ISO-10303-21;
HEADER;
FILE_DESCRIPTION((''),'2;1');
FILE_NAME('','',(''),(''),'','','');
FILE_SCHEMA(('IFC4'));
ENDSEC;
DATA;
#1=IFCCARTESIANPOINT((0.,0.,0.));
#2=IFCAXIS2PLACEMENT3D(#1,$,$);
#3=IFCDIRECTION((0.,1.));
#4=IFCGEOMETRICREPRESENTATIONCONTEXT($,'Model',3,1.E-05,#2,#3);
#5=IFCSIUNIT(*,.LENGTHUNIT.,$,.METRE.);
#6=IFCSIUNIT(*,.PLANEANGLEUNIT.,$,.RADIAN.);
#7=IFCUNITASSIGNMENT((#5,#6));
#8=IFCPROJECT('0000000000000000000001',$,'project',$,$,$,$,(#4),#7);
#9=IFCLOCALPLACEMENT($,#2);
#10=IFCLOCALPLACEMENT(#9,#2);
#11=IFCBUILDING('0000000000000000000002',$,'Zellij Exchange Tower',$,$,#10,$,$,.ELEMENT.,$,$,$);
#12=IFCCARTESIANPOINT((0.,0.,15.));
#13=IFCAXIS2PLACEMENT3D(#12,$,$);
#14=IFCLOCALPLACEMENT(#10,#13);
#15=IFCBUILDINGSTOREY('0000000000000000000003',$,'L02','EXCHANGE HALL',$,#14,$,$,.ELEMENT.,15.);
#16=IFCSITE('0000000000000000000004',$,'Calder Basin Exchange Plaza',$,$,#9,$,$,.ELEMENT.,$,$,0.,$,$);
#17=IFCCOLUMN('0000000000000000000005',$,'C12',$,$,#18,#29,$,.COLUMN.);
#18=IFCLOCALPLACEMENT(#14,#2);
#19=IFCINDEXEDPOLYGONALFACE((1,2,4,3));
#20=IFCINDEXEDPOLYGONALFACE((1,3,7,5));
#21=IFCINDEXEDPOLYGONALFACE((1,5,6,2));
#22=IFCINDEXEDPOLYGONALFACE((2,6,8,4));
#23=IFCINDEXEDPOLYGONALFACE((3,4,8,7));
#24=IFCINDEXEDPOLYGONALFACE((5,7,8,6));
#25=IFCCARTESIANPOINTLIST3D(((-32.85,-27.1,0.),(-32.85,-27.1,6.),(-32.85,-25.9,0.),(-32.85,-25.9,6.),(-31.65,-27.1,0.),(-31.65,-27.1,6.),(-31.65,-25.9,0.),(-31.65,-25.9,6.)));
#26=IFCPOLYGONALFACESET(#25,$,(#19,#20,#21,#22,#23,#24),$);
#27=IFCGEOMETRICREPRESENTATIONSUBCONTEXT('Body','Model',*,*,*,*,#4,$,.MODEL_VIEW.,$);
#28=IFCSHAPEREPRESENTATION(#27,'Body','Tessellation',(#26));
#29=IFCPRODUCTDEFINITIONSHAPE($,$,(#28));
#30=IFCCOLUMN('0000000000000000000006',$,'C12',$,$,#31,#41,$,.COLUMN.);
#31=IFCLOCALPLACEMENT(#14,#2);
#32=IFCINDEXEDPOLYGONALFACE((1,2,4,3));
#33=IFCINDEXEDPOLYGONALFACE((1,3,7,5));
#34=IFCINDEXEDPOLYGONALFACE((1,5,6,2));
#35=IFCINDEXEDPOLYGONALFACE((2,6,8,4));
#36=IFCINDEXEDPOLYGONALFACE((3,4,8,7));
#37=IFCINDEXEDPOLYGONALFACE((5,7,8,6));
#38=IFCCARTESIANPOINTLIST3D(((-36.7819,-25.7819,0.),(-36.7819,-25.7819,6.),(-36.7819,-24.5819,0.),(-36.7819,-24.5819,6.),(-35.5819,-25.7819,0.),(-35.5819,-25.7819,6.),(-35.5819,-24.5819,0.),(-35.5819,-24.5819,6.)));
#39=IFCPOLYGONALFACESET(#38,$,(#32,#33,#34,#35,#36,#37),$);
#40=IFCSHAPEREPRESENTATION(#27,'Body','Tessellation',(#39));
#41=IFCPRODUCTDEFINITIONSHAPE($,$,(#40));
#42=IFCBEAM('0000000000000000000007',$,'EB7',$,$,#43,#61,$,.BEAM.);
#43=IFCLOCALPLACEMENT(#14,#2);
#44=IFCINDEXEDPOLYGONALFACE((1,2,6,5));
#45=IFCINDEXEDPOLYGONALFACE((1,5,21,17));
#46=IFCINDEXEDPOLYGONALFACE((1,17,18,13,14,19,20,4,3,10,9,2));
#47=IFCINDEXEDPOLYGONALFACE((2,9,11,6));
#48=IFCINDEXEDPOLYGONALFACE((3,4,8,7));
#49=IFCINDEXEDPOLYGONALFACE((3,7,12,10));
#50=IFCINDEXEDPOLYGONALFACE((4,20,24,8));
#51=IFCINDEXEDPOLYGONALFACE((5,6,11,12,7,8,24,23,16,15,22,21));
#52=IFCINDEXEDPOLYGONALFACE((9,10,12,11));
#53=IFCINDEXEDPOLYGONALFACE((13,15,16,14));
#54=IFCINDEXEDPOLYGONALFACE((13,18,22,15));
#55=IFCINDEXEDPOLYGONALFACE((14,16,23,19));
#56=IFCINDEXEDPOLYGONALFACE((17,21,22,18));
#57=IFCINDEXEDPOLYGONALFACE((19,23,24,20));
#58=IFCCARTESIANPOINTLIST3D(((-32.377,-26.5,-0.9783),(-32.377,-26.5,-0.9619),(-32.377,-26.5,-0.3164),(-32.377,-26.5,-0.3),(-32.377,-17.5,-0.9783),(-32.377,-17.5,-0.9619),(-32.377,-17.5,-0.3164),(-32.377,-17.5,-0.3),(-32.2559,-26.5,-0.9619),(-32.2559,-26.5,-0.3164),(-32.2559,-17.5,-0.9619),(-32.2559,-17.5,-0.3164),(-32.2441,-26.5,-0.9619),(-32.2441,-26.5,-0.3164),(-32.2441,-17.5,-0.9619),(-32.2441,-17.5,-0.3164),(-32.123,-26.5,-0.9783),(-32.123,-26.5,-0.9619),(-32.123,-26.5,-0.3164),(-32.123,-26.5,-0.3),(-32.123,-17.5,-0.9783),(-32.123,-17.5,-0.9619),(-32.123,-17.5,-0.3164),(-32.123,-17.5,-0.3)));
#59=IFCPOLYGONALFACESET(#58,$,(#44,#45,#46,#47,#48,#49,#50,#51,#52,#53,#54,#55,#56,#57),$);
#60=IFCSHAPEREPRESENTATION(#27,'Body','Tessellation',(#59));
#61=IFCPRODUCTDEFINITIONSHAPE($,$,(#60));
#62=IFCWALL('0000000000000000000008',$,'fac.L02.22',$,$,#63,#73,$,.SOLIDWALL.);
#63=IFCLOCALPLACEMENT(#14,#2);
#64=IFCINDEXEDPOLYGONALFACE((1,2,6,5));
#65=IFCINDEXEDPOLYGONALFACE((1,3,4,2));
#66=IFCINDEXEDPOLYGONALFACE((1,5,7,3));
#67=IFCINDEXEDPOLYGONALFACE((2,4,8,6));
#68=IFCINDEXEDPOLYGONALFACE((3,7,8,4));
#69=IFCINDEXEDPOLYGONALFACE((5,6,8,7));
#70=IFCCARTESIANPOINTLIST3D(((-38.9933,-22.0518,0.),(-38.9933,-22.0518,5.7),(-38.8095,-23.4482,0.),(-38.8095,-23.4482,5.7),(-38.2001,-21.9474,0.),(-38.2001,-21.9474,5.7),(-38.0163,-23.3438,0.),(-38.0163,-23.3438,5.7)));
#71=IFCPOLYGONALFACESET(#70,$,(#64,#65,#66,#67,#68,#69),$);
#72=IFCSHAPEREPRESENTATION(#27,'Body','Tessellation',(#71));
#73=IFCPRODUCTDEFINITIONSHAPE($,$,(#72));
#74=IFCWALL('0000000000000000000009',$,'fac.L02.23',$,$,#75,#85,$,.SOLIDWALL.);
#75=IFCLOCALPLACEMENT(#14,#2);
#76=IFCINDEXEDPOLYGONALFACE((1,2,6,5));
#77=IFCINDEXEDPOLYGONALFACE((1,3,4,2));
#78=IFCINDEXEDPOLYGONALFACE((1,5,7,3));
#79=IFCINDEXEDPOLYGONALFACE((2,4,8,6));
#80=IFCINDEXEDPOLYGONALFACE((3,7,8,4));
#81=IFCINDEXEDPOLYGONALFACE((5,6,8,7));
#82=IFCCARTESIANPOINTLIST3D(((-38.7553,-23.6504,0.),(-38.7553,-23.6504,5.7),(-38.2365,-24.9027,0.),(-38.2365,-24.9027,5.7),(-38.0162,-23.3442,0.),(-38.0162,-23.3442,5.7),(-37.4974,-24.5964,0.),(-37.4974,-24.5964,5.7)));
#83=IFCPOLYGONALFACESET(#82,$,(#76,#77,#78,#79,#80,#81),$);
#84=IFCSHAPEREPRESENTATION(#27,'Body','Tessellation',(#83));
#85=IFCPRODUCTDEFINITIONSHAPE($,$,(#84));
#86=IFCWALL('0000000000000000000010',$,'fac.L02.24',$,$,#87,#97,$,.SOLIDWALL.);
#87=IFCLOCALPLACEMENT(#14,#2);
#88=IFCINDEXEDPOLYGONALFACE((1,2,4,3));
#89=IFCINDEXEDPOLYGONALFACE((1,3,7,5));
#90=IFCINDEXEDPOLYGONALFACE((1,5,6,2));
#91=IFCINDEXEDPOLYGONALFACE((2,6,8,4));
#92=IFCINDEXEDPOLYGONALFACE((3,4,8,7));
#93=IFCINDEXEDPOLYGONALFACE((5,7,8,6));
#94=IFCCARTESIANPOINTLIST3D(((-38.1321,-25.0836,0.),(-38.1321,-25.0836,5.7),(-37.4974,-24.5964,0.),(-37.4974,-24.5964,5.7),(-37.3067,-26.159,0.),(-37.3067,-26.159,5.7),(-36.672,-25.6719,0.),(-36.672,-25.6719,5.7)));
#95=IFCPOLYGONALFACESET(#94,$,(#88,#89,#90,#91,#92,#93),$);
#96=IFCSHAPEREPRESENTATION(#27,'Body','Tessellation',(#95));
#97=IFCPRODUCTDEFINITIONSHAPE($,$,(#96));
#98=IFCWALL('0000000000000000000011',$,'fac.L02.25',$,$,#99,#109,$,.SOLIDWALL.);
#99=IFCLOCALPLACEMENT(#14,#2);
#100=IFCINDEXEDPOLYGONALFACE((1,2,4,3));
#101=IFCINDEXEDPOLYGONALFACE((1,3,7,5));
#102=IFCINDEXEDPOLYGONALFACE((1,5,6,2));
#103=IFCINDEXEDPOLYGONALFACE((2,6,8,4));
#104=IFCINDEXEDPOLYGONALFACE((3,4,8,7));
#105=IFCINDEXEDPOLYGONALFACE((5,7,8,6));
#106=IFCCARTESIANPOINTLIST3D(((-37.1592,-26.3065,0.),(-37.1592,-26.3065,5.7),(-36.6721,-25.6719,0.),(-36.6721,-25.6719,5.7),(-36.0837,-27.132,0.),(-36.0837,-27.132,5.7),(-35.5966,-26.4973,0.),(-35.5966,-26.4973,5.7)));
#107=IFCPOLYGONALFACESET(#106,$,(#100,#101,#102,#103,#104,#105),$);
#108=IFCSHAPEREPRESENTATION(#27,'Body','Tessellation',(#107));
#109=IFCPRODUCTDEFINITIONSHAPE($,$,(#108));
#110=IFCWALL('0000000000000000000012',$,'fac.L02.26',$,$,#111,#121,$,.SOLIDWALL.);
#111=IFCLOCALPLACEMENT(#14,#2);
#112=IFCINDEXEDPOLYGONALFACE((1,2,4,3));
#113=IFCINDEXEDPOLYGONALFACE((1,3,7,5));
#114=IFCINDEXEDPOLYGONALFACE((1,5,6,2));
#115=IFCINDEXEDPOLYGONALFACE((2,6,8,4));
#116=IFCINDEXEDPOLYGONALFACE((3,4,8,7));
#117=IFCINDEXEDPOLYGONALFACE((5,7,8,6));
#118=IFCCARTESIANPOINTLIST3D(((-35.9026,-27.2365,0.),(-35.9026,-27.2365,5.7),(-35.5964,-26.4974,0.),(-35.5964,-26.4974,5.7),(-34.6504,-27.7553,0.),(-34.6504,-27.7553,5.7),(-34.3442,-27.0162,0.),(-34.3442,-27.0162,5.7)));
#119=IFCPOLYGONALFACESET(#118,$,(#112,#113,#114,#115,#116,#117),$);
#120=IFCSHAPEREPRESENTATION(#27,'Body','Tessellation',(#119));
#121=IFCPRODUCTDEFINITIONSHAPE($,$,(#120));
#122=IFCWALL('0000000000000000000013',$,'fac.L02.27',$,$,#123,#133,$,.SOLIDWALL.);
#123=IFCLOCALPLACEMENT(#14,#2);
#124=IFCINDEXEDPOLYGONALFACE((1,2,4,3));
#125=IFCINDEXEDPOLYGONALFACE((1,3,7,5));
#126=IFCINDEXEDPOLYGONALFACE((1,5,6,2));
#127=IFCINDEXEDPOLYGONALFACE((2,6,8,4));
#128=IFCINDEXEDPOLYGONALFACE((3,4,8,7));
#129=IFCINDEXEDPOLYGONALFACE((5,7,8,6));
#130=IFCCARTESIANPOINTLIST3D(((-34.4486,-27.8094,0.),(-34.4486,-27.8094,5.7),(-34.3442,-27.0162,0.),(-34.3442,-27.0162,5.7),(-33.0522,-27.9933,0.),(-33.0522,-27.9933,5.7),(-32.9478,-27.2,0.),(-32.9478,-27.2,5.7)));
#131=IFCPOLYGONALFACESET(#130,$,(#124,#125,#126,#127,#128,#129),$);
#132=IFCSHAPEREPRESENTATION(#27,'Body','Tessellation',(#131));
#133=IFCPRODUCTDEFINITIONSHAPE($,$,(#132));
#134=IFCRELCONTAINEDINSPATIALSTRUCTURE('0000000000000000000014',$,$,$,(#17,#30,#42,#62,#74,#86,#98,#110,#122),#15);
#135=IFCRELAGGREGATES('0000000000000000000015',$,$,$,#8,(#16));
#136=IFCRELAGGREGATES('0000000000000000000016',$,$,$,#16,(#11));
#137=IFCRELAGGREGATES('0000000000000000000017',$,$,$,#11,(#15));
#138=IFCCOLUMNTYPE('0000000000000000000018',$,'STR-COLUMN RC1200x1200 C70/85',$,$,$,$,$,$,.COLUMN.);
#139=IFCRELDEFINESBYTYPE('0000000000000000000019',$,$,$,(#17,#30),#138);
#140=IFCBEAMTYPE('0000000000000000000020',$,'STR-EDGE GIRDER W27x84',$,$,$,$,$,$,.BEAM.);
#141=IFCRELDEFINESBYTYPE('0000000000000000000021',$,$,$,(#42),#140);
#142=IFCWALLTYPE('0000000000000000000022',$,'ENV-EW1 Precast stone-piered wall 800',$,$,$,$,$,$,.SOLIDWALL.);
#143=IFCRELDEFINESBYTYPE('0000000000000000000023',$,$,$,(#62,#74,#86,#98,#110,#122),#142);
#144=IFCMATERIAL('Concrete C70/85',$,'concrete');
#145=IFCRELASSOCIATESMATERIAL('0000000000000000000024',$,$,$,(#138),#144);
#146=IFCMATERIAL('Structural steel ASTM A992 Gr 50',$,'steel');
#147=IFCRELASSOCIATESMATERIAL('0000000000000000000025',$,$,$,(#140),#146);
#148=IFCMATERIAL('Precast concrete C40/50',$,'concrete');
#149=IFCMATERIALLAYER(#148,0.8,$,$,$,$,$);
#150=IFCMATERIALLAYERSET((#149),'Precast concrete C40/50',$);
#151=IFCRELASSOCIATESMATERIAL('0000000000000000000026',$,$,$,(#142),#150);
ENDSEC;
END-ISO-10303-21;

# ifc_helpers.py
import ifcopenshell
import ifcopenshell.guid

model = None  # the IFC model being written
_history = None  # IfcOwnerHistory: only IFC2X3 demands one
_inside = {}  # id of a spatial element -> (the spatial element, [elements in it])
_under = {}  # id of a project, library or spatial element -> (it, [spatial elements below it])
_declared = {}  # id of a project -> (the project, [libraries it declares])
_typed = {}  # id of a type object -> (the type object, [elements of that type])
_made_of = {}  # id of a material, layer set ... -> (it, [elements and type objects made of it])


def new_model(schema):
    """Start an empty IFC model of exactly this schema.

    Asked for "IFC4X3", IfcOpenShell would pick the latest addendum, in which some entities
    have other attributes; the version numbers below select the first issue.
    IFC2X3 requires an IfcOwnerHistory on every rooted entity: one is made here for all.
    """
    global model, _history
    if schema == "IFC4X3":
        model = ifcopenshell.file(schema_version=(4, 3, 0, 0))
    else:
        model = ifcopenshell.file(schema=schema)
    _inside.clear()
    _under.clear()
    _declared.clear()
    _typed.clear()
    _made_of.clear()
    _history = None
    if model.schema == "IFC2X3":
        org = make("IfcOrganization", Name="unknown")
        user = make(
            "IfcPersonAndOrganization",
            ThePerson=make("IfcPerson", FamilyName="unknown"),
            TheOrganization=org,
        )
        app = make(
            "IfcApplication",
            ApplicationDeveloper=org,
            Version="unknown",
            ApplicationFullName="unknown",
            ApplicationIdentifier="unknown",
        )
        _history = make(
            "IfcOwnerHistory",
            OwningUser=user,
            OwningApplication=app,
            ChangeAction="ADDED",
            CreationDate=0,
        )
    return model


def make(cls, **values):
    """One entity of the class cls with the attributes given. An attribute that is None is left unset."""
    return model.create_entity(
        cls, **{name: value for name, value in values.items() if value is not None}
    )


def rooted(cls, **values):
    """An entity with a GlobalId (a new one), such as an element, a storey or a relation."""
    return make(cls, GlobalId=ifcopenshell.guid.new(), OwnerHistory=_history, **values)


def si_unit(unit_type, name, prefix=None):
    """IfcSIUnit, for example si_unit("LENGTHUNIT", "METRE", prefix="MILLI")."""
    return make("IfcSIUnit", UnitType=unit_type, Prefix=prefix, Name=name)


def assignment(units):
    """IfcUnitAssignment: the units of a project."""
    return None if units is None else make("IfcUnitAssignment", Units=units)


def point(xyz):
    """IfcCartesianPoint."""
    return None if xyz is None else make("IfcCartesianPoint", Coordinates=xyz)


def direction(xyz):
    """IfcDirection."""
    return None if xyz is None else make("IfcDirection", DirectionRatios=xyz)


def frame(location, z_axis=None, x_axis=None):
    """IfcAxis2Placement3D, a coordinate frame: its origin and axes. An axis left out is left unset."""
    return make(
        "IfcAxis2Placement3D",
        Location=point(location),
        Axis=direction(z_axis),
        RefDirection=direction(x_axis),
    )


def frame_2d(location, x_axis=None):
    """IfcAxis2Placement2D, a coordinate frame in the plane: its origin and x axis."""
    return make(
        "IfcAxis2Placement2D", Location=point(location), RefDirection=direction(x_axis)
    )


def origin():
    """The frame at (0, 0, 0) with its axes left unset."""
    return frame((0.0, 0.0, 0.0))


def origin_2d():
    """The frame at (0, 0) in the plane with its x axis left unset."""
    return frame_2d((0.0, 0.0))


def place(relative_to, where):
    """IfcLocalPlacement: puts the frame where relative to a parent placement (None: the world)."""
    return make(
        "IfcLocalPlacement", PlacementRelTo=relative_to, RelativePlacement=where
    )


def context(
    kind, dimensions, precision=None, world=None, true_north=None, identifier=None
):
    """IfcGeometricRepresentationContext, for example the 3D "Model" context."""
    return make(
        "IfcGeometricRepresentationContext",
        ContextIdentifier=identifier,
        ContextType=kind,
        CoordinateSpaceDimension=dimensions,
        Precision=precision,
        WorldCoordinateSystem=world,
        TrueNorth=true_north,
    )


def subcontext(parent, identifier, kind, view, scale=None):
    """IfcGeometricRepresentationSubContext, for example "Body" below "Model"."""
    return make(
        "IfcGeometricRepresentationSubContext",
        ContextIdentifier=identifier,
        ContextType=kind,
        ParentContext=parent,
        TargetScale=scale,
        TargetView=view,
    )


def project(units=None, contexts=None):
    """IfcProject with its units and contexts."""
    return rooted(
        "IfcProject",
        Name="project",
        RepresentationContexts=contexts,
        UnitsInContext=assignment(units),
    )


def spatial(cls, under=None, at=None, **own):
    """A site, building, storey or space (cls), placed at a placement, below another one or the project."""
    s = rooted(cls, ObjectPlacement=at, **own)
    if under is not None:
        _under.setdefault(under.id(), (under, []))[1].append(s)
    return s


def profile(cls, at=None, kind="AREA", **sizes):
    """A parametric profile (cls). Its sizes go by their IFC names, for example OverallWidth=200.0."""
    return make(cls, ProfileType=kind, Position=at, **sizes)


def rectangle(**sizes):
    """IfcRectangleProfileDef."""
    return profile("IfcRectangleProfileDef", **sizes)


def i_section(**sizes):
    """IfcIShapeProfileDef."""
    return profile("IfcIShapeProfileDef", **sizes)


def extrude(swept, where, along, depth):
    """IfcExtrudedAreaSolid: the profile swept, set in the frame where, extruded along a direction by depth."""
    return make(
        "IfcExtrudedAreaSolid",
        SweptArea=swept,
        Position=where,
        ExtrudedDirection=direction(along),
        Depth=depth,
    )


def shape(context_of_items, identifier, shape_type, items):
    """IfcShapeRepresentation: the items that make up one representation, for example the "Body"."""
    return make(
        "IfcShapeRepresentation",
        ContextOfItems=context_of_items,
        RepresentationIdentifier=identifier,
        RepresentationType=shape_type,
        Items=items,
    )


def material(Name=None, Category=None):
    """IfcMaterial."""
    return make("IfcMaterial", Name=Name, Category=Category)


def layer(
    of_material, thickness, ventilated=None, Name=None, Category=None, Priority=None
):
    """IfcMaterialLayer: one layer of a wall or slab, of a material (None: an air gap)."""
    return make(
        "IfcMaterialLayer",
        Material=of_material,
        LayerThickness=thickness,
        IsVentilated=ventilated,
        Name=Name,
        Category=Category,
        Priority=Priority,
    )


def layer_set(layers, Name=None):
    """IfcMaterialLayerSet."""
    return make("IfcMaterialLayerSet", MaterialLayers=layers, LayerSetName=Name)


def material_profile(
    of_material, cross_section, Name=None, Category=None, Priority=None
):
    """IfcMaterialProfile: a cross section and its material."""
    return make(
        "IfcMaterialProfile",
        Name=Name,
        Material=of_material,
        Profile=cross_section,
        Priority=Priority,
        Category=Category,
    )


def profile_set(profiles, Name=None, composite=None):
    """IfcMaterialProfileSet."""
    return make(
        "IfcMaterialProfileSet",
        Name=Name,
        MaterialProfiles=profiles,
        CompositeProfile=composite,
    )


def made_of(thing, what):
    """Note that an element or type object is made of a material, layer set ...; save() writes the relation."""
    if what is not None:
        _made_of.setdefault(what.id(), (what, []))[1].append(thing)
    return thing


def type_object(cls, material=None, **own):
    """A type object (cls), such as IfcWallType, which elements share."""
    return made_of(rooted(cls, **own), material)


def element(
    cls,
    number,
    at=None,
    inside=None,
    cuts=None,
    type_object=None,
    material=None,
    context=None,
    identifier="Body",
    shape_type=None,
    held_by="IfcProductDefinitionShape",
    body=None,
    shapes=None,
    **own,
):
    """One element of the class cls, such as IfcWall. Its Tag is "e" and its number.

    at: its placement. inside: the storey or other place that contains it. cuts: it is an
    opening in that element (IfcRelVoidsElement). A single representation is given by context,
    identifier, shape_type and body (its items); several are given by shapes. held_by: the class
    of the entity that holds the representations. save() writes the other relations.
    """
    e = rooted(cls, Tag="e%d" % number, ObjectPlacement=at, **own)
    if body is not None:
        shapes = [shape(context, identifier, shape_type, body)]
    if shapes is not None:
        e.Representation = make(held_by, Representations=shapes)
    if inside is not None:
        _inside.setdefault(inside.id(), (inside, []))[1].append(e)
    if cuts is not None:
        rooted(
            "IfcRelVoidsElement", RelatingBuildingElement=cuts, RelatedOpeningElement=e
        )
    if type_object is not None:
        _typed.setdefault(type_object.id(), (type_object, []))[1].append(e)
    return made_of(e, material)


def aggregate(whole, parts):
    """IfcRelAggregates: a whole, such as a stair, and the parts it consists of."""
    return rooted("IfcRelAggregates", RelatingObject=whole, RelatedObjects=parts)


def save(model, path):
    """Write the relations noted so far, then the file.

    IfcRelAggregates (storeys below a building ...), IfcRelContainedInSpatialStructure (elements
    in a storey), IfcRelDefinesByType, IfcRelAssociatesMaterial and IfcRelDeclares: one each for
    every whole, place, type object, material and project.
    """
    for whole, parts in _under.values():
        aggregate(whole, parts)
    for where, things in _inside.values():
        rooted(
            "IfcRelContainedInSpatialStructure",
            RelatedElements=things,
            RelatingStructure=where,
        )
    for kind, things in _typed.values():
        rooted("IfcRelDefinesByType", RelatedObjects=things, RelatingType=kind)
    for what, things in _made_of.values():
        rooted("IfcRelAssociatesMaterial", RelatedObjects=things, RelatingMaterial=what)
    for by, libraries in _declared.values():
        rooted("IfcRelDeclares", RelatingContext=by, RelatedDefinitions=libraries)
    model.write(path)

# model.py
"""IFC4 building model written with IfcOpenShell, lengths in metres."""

from ifc_helpers import new_model, si_unit, direction, frame, frame_2d, origin, origin_2d, place, context, subcontext, project, spatial, rectangle, i_section, extrude, material, layer, layer_set, material_profile, profile_set, type_object, element, save


model = new_model("IFC4")

# Units and contexts
model_context = context("Model", 3, precision=1e-05, world=origin(), true_north=direction((0.0, 1.0)))
body_context = subcontext(model_context, "Body", "Model", "MODEL_VIEW")
ifc_project = project(units=[si_unit("LENGTHUNIT", "METRE"), si_unit("PLANEANGLEUNIT", "RADIAN")], contexts=[model_context])

# Site, building, storey
site_placement = place(None, origin())
site = spatial("IfcSite", under=ifc_project, at=site_placement, Name="Calder Basin Exchange Plaza", CompositionType="ELEMENT", RefElevation=0.0)
building_placement = place(site_placement, origin())
building = spatial("IfcBuilding", under=site, at=building_placement, Name="Zellij Exchange Tower", CompositionType="ELEMENT")
storey_placement = place(building_placement, frame((0.0, 0.0, 15.0)))
storey = spatial("IfcBuildingStorey", under=building, at=storey_placement, Name="L02", Description="EXCHANGE HALL", CompositionType="ELEMENT", Elevation=15.0)

# Columns
ifc_material_1 = material(Name="Concrete C70/85", Category="concrete")
ifc_material_profile_1 = material_profile(ifc_material_1, rectangle(XDim=1.2, YDim=1.2, at=origin_2d()), Name="STR-COLUMN RC1200x1200 C70/85")
ifc_profile_set_1 = profile_set([ifc_material_profile_1], Name="Concrete C70/85")
column_type = type_object("IfcColumnType", Name="STR-COLUMN RC1200x1200 C70/85", PredefinedType="COLUMN", material=ifc_profile_set_1)
for number, where, z_axis, x_axis, name in (
    (1, (-32.25, -26.5, 0.0), (0.0, 0.0, 1.0), (1.0, 0.0, 0.0), "C12"),
    (2, (-36.1819, -25.1819, 0.0), (0.0, 0.0, 1.0), (1.0, 0.0, 0.0), "C12"),
):
    element("IfcColumn", number, at=place(storey_placement, frame(where, z_axis=z_axis, x_axis=x_axis)), inside=storey, type_object=column_type, Name=name, PredefinedType="COLUMN", context=body_context, shape_type="SweptSolid", body=[
        extrude(rectangle(XDim=1.2, YDim=1.2, at=origin_2d()), origin(), (0.0, 0.0, 1.0), 6.0),
    ])

# Beam
ifc_material_2 = material(Name="Structural steel ASTM A992 Gr 50", Category="steel")
ifc_material_profile_2 = material_profile(ifc_material_2, i_section(OverallWidth=0.2539, OverallDepth=0.6782, WebThickness=0.0117, FlangeThickness=0.0164, at=origin_2d()), Name="W27x84")
ifc_profile_set_2 = profile_set([ifc_material_profile_2], Name="Structural steel ASTM A992 Gr 50")
beam_type = type_object("IfcBeamType", Name="STR-EDGE GIRDER W27x84", PredefinedType="BEAM", material=ifc_profile_set_2)
beam_placement = place(storey_placement, frame((-32.25, -26.5, -0.6392), z_axis=(0.0, 1.0, 0.0), x_axis=(-1.0, 0.0, 0.0)))
element("IfcBeam", 3, at=beam_placement, inside=storey, type_object=beam_type, Name="EB7", PredefinedType="BEAM", context=body_context, shape_type="SweptSolid", body=[
    extrude(i_section(OverallWidth=0.2539, OverallDepth=0.6782, WebThickness=0.0117, FlangeThickness=0.0164, at=origin_2d()), origin(), (0.0, 0.0, 1.0), 9.0),
])

# Shared definitions
ifc_material_3 = material(Name="Precast concrete C40/50", Category="concrete")
ifc_layer = layer(ifc_material_3, 0.8)
ifc_layer_set = layer_set([ifc_layer], Name="Precast concrete C40/50")
wall_type = type_object("IfcWallType", Name="ENV-EW1 Precast stone-piered wall 800", PredefinedType="SOLIDWALL", material=ifc_layer_set)

# Walls
wall_1_placement = place(storey_placement, frame((-38.5967, -21.9998, 0.0), z_axis=(0.0, 0.0, 1.0), x_axis=(0.130517, -0.991446, 0.0)))
element("IfcWall", 4, at=wall_1_placement, inside=storey, type_object=wall_type, Name="fac.L02.22", PredefinedType="SOLIDWALL", context=body_context, shape_type="SweptSolid", body=[
    extrude(rectangle(XDim=1.4084, YDim=0.8, at=frame_2d((0.7041, 0.0))), origin(), (0.0, 0.0, 1.0), 5.7),
])
wall_2_placement = place(storey_placement, frame((-38.3857, -23.4973, 0.0), z_axis=(0.0, 0.0, 1.0), x_axis=(0.38276, -0.923848, 0.0)))
element("IfcWall", 5, at=wall_2_placement, inside=storey, type_object=wall_type, Name="fac.L02.23", PredefinedType="SOLIDWALL", context=body_context, shape_type="SweptSolid", body=[
    extrude(rectangle(XDim=1.3555, YDim=0.8, at=frame_2d((0.6777, 0.0))), origin(), (0.0, 0.0, 1.0), 5.7),
])
for number, where, z_axis, x_axis, name in (
    (6, (-37.8147, -24.8401, 0.0), (0.0, 0.0, 1.0), (0.608866, -0.793273, 0.0), "fac.L02.24"),
    (7, (-36.9155, -25.9893, 0.0), (0.0, 0.0, 1.0), (0.793273, -0.608866, 0.0), "fac.L02.25"),
):
    element("IfcWall", number, at=place(storey_placement, frame(where, z_axis=z_axis, x_axis=x_axis)), inside=storey, type_object=wall_type, Name=name, PredefinedType="SOLIDWALL", context=body_context, shape_type="SweptSolid", body=[
        extrude(rectangle(XDim=1.3557, YDim=0.8, at=frame_2d((0.6777, 0.0))), origin(), (0.0, 0.0, 1.0), 5.7),
    ])
wall_3_placement = place(storey_placement, frame((-35.7495, -26.8669, 0.0), z_axis=(0.0, 0.0, 1.0), x_axis=(0.923848, -0.38276, 0.0)))
element("IfcWall", 8, at=wall_3_placement, inside=storey, type_object=wall_type, Name="fac.L02.26", PredefinedType="SOLIDWALL", context=body_context, shape_type="SweptSolid", body=[
    extrude(rectangle(XDim=1.3555, YDim=0.8, at=frame_2d((0.6777, 0.0))), origin(), (0.0, 0.0, 1.0), 5.7),
])
wall_4_placement = place(storey_placement, frame((-34.3962, -27.4128, 0.0), z_axis=(0.0, 0.0, 1.0), x_axis=(0.991446, -0.130517, 0.0)))
element("IfcWall", 9, at=wall_4_placement, inside=storey, type_object=wall_type, Name="fac.L02.27", PredefinedType="SOLIDWALL", context=body_context, shape_type="SweptSolid", body=[
    extrude(rectangle(XDim=1.4084, YDim=0.8, at=frame_2d((0.7041, 0.0))), origin(), (0.0, 0.0, 1.0), 5.7),
])

save(model, "model.ifc")
